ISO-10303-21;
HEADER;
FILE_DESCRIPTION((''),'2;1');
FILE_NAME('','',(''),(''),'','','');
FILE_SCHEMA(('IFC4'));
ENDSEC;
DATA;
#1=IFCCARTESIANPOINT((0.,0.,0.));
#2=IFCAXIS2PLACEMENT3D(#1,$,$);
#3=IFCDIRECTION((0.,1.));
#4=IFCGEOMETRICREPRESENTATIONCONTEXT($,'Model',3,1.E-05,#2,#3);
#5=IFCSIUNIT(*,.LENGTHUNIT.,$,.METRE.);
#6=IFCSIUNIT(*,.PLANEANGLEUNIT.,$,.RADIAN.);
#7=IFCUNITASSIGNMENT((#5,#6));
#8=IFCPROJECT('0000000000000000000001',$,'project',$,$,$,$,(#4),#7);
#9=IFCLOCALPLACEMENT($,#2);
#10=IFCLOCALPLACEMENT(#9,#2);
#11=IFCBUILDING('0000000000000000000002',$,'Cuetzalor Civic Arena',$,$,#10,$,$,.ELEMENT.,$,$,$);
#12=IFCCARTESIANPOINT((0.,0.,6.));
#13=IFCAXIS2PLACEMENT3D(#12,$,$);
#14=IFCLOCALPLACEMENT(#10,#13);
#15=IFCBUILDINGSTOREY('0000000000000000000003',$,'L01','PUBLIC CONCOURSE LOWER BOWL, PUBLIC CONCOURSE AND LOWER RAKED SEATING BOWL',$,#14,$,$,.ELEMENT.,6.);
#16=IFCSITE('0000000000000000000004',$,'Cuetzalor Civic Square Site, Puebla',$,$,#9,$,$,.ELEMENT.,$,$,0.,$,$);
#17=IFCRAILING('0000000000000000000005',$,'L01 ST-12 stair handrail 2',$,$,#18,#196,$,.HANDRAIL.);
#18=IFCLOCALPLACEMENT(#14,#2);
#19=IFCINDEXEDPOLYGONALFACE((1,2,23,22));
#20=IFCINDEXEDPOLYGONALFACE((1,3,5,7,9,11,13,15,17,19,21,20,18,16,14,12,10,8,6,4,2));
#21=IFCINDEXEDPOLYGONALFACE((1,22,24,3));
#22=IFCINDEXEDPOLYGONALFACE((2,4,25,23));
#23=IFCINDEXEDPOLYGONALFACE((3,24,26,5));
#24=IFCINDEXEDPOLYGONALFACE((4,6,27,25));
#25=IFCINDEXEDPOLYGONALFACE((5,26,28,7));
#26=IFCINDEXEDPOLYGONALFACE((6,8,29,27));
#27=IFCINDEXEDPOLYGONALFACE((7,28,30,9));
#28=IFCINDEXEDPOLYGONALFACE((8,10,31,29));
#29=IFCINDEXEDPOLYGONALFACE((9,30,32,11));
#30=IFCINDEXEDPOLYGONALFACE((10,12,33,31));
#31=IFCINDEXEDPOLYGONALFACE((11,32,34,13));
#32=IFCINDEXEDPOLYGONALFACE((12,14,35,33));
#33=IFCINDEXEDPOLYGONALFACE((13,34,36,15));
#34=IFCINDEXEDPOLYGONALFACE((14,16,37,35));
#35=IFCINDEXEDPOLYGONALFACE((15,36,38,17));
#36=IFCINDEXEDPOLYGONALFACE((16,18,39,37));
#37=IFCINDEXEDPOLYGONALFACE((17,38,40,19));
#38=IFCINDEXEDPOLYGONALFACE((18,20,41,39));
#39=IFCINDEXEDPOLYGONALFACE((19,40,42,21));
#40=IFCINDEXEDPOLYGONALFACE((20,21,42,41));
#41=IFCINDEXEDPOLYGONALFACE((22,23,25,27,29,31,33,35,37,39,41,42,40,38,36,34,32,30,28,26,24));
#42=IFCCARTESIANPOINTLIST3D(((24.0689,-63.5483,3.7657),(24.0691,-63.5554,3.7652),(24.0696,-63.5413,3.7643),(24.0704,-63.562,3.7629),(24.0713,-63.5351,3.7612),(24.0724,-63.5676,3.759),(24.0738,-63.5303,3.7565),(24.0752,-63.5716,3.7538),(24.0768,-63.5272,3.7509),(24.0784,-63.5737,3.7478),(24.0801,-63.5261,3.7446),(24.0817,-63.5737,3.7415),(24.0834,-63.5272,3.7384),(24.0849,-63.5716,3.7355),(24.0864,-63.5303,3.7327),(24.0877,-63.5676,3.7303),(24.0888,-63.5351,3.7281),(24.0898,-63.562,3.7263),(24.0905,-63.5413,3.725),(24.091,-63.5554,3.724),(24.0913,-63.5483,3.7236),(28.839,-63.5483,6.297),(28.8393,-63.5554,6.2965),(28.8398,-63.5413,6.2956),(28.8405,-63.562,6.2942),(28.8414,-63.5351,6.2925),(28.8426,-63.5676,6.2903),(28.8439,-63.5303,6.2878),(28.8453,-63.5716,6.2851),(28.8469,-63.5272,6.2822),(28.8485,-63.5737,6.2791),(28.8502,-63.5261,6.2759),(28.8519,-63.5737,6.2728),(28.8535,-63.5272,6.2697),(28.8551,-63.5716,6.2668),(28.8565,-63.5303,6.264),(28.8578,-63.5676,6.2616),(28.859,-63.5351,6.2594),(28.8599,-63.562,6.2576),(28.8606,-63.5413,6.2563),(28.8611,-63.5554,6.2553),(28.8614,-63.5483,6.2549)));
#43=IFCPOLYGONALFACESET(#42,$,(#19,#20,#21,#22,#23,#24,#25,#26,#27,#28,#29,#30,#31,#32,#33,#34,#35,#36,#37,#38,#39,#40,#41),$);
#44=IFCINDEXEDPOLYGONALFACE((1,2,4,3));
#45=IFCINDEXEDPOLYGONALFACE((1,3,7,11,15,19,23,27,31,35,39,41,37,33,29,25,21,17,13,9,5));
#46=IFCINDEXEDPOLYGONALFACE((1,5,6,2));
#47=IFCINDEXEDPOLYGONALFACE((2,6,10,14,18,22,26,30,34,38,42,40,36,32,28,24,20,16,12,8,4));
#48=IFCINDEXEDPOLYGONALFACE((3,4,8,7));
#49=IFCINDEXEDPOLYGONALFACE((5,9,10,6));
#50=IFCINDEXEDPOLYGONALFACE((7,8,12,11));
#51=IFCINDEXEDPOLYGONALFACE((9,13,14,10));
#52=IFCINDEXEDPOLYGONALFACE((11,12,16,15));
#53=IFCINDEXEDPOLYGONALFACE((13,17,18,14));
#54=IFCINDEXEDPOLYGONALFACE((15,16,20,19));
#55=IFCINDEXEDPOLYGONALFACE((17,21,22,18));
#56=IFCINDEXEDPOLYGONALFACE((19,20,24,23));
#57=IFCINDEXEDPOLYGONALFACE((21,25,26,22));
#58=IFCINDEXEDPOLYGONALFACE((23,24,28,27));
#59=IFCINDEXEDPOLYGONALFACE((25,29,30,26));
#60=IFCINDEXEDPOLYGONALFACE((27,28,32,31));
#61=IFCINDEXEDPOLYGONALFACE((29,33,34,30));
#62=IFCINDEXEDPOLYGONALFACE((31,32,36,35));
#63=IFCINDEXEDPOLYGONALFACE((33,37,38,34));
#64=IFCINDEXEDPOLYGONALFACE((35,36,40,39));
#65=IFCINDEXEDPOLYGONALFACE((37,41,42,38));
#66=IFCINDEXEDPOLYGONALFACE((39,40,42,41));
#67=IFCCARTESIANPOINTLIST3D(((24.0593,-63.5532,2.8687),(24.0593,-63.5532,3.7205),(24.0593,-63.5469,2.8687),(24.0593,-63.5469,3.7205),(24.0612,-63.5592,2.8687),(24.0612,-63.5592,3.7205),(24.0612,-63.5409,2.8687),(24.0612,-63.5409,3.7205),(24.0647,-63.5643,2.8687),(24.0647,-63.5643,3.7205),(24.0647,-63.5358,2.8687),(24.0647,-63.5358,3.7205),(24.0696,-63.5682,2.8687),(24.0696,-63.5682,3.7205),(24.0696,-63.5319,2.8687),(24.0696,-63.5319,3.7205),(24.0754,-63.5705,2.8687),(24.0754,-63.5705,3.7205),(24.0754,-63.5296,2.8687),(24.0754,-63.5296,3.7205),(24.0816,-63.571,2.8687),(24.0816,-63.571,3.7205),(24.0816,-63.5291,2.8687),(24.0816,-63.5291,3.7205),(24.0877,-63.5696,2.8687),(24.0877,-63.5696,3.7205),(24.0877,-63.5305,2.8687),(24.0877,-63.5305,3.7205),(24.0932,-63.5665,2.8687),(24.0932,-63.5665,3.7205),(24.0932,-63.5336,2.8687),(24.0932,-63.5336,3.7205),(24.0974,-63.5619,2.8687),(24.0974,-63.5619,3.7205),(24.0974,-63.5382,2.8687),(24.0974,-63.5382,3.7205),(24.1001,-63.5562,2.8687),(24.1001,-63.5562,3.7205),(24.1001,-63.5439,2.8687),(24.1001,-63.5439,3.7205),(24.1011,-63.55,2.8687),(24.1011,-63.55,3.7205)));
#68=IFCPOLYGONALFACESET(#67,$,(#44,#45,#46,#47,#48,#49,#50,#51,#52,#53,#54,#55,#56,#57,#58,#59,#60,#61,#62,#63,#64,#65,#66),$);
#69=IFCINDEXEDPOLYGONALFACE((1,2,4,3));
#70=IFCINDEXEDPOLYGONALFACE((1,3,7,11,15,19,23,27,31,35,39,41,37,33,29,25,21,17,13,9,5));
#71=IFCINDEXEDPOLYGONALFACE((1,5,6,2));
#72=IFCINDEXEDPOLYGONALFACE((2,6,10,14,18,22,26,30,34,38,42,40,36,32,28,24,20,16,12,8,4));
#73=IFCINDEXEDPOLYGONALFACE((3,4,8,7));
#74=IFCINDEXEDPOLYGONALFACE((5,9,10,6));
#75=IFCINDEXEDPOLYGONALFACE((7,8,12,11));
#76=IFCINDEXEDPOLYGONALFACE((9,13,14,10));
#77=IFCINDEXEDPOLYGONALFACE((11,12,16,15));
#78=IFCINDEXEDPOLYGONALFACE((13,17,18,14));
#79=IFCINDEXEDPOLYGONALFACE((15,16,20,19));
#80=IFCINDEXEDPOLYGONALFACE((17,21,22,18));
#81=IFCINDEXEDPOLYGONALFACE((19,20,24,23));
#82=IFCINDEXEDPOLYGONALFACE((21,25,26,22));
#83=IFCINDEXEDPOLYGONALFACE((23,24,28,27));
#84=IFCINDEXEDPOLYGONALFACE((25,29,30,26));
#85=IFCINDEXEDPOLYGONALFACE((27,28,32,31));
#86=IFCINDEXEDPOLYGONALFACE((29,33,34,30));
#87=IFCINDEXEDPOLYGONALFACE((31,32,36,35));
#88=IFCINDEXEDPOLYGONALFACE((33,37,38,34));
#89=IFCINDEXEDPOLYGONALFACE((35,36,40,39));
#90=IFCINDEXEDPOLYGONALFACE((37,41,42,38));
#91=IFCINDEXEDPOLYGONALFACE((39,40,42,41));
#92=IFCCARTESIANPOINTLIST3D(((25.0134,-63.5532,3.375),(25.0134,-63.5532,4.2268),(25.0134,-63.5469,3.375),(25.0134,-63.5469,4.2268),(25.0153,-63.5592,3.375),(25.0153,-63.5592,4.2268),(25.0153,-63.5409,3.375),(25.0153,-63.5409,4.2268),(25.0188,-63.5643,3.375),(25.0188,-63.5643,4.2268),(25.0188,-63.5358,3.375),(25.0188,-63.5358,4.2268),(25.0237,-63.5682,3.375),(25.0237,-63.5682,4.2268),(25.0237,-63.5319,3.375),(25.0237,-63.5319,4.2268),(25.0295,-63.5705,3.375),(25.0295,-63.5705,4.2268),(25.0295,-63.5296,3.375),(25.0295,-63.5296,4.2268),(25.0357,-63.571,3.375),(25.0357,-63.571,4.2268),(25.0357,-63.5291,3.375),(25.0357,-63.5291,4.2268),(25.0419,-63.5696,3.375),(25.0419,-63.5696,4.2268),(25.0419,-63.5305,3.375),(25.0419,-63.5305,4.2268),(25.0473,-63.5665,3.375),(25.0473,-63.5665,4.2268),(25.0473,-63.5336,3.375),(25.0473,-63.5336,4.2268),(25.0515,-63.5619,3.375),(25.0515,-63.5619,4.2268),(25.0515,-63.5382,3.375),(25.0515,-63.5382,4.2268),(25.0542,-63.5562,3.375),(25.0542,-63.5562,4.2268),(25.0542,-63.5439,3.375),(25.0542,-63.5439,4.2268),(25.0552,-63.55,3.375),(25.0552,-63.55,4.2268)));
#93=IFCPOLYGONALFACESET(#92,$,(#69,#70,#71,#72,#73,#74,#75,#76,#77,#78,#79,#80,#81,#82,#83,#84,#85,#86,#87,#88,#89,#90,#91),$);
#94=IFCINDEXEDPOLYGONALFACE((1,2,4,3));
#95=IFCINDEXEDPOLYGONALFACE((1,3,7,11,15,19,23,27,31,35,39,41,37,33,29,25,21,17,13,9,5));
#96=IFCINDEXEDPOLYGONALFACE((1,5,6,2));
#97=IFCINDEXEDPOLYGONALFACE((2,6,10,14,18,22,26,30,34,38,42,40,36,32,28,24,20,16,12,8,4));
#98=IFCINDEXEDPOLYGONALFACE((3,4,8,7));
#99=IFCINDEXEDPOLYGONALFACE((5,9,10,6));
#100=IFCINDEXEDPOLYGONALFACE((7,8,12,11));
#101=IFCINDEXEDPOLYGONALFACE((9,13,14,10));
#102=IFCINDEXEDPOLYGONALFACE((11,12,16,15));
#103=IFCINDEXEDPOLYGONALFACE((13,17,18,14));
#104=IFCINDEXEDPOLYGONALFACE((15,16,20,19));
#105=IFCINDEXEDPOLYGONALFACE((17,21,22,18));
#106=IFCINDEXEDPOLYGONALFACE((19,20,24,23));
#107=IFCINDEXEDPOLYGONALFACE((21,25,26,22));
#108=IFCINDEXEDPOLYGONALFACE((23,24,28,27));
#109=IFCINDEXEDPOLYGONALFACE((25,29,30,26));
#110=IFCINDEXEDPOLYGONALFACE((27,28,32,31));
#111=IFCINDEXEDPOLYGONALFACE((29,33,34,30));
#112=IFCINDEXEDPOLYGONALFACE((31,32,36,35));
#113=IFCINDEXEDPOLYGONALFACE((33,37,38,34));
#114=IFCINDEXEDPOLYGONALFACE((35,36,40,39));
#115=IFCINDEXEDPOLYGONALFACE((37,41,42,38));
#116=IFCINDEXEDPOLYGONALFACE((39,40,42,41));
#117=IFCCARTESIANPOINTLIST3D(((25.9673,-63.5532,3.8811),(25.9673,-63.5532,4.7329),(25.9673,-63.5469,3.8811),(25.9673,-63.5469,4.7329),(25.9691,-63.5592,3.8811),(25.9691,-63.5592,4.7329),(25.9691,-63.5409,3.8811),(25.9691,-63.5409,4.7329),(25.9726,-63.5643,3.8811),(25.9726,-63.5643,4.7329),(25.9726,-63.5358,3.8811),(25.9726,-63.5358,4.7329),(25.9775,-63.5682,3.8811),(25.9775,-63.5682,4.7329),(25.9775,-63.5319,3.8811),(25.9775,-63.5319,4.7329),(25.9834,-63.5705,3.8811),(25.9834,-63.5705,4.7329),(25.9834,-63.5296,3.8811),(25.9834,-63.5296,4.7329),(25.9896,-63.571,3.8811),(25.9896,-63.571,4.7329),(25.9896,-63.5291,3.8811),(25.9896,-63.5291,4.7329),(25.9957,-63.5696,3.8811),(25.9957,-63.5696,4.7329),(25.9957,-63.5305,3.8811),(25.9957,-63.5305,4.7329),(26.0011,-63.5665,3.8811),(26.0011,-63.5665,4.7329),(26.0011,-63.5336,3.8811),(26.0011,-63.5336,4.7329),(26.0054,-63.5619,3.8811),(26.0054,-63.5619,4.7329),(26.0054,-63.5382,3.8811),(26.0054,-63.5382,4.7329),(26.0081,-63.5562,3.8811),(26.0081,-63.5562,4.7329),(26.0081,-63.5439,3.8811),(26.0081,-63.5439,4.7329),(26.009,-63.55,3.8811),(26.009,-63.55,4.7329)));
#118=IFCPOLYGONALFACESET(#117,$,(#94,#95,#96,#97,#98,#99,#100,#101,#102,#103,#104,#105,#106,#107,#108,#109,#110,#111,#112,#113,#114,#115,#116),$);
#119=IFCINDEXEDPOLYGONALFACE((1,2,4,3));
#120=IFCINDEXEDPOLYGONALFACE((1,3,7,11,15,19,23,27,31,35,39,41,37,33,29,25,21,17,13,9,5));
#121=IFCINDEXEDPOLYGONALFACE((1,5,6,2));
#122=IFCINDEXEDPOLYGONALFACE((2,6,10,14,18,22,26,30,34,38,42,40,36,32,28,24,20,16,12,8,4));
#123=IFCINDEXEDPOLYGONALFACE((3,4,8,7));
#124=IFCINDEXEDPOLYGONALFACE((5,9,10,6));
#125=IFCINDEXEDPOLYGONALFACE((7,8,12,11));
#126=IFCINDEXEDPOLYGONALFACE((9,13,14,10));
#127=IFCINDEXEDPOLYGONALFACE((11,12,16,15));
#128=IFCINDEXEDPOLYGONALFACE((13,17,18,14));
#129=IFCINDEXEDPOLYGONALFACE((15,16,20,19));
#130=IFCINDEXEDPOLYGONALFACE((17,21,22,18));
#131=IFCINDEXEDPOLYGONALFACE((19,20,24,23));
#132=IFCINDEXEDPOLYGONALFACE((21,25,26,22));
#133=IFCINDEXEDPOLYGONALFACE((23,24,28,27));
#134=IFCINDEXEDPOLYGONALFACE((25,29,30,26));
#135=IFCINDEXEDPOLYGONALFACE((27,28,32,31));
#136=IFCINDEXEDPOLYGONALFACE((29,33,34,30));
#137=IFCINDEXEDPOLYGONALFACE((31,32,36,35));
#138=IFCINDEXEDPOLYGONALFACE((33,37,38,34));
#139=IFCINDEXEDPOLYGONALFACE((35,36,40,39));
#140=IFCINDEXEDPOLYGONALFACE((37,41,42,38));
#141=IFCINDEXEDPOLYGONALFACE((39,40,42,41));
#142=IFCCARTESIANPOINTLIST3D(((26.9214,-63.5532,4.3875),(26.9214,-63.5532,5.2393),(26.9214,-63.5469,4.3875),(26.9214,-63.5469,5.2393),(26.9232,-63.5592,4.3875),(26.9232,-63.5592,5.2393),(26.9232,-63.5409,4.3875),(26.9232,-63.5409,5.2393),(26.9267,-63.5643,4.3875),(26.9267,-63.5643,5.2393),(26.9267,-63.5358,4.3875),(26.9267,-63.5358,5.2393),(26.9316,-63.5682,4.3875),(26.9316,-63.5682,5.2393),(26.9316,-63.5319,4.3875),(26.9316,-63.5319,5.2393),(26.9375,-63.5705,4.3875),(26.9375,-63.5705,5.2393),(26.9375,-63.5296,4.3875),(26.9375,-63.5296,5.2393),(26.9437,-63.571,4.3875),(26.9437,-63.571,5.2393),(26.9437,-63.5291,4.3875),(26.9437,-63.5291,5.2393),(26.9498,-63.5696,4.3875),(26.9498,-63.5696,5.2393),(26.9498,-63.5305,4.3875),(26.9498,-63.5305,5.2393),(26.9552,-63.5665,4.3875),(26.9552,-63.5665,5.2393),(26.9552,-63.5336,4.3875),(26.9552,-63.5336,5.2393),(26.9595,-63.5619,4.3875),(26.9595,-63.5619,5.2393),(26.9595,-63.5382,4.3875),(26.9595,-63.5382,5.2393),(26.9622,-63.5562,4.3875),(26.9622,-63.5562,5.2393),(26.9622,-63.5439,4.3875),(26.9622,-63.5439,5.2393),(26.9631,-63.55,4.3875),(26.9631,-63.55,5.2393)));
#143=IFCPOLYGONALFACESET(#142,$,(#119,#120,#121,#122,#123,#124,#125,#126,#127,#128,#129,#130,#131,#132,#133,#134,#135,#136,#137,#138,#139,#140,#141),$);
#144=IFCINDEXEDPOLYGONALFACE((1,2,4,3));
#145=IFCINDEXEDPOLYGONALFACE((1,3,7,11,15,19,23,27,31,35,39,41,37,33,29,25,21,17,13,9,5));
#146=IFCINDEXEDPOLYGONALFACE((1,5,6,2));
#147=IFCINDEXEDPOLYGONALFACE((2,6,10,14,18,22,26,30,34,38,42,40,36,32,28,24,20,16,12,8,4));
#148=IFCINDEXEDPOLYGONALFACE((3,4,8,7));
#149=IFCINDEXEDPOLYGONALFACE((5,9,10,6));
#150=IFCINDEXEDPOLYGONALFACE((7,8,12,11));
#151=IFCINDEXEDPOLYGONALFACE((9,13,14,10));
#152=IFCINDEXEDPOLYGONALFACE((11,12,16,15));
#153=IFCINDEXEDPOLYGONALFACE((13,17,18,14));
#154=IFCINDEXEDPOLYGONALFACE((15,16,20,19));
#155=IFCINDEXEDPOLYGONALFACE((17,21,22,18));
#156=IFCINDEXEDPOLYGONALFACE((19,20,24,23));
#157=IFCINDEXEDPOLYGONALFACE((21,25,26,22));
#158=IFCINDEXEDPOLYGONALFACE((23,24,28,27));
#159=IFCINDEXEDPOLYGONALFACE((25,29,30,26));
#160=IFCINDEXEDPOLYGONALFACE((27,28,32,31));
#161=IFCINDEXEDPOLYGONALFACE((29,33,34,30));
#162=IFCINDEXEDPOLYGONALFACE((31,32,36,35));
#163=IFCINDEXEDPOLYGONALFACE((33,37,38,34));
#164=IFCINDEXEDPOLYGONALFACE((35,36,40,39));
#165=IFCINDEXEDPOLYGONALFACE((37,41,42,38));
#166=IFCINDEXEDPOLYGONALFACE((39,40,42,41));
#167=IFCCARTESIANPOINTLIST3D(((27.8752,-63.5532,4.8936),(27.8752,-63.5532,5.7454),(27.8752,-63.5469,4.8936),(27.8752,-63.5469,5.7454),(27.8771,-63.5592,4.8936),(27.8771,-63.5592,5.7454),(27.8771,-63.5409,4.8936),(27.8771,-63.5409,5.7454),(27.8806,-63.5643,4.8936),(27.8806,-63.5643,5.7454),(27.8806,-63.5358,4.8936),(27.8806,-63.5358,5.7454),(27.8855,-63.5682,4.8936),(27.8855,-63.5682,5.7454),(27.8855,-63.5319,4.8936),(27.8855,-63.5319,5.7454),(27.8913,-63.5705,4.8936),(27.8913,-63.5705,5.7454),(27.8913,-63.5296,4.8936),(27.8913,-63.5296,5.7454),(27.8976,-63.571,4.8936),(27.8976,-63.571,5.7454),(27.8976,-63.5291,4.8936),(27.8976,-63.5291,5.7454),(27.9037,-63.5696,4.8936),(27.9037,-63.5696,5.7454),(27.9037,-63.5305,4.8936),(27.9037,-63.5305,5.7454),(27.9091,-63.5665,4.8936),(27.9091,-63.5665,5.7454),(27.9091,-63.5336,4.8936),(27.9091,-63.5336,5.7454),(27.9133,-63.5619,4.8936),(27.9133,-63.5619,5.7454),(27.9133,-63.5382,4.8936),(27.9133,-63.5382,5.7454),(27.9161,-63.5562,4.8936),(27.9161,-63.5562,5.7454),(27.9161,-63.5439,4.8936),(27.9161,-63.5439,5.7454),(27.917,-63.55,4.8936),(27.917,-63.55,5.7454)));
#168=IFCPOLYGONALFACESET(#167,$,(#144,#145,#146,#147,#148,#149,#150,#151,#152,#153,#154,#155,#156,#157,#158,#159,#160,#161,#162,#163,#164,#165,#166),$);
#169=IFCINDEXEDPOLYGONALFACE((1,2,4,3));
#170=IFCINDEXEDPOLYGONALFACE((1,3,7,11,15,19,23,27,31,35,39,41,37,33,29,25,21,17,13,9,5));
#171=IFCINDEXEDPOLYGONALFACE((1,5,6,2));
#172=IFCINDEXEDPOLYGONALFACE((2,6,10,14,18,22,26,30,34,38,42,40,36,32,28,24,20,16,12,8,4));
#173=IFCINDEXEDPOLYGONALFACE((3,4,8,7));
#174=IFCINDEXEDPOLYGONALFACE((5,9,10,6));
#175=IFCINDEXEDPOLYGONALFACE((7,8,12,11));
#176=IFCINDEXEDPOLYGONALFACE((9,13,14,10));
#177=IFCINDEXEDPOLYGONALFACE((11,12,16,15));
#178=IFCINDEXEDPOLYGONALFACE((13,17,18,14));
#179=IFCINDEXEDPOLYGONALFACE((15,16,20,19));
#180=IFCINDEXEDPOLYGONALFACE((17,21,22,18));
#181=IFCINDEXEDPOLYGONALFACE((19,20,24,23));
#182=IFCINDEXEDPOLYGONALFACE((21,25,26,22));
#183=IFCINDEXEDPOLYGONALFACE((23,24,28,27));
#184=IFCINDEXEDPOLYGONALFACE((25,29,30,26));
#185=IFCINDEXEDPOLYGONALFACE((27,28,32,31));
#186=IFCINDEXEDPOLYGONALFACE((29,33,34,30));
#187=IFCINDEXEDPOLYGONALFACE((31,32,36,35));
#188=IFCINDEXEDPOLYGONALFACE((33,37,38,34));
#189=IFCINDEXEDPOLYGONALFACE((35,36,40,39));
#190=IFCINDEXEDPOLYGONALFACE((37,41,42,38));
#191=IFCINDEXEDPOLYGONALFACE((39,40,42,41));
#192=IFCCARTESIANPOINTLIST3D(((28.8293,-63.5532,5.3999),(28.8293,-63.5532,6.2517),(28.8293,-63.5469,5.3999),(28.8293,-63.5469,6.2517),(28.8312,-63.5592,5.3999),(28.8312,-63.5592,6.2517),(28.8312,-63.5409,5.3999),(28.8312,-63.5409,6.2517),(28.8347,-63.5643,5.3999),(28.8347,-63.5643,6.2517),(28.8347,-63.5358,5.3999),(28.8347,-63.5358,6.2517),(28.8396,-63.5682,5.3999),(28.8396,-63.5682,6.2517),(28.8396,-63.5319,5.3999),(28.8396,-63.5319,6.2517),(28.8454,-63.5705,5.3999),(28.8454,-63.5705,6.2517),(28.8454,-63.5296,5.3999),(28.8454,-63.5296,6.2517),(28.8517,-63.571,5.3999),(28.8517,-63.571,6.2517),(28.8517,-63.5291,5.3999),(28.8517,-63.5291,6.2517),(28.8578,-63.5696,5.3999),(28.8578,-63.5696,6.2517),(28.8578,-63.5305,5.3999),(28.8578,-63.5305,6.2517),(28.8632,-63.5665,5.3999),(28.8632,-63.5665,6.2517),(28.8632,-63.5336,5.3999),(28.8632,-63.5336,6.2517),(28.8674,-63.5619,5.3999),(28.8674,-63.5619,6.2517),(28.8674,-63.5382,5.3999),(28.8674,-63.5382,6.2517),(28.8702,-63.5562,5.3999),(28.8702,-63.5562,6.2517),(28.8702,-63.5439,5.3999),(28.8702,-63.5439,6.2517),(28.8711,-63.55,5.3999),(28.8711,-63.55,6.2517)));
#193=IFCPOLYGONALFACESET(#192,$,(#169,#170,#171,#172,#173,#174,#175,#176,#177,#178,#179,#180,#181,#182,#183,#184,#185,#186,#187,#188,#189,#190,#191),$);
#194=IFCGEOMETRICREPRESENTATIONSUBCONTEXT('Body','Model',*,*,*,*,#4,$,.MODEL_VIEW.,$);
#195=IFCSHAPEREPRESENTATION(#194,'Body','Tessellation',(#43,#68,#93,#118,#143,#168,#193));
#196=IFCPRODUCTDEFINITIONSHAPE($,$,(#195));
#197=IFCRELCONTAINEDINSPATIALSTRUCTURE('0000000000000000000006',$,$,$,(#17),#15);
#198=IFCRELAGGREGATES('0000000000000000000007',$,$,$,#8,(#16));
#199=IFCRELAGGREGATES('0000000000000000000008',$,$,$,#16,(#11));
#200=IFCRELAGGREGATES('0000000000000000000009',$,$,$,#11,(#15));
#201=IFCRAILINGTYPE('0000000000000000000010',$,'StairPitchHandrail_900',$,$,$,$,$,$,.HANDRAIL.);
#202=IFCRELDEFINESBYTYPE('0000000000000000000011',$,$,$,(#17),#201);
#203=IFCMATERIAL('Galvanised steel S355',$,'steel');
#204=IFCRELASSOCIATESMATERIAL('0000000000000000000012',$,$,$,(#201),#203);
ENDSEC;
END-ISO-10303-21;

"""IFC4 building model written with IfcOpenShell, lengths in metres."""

from ifc_helpers import new_model, si_unit, direction, frame, origin, origin_2d, place, context, subcontext, project, spatial, circle, extrude, material, type_object, element, save


model = new_model("IFC4")

# Units and contexts
model_context = context("Model", 3, precision=1e-05, world=origin(), true_north=direction((0.0, 1.0)))
body_context = subcontext(model_context, "Body", "Model", "MODEL_VIEW")
ifc_project = project(units=[si_unit("LENGTHUNIT", "METRE"), si_unit("PLANEANGLEUNIT", "RADIAN")], contexts=[model_context])

# Site, building, storey
site_placement = place(None, origin())
site = spatial("IfcSite", under=ifc_project, at=site_placement, Name="Cuetzalor Civic Square Site, Puebla", CompositionType="ELEMENT", RefElevation=0.0)
building_placement = place(site_placement, origin())
building = spatial("IfcBuilding", under=site, at=building_placement, Name="Cuetzalor Civic Arena", CompositionType="ELEMENT")
storey_placement = place(building_placement, frame((0.0, 0.0, 6.0)))
storey = spatial("IfcBuildingStorey", under=building, at=storey_placement, Name="L01", Description="PUBLIC CONCOURSE LOWER BOWL, PUBLIC CONCOURSE AND LOWER RAKED SEATING BOWL", CompositionType="ELEMENT", Elevation=6.0)

# Railing
ifc_material_1 = material(Name="Galvanised steel S355", Category="steel")
railing_type_1 = type_object("IfcRailingType", Name="StairPitchHandrail_900", PredefinedType="HANDRAIL", material=ifc_material_1)
railing_1_placement = place(storey_placement, frame((24.0801, -63.55, 2.8687)))
element("IfcRailing", 1, at=railing_1_placement, inside=storey, type_object=railing_type_1, Name="L01 ST-12 stair handrail 2", PredefinedType="HANDRAIL", context=body_context, shape_type="SweptSolid", body=[
    extrude(circle(Radius=0.0239, at=origin_2d()), frame((0.0, 0.0, 0.876), z_axis=(0.883332, 0.0, 0.468747), x_axis=(0.0, 1.0, 0.0)), (0.0, 0.0, 1.0), 5.4001),
    extrude(circle(Radius=0.021, at=origin_2d()), origin(), (0.0, 0.0, 1.0), 0.8518),
    extrude(circle(Radius=0.021, at=origin_2d()), frame((0.9541, 0.0, 0.5063)), (0.0, 0.0, 1.0), 0.8518),
    extrude(circle(Radius=0.021, at=origin_2d()), frame((1.908, 0.0, 1.0125)), (0.0, 0.0, 1.0), 0.8518),
    extrude(circle(Radius=0.021, at=origin_2d()), frame((2.8621, 0.0, 1.5188)), (0.0, 0.0, 1.0), 0.8518),
    extrude(circle(Radius=0.021, at=origin_2d()), frame((3.8159, 0.0, 2.0249)), (0.0, 0.0, 1.0), 0.8518),
    extrude(circle(Radius=0.021, at=origin_2d()), frame((4.77, 0.0, 2.5312)), (0.0, 0.0, 1.0), 0.8518),
])

save(model, "model.ifc")
